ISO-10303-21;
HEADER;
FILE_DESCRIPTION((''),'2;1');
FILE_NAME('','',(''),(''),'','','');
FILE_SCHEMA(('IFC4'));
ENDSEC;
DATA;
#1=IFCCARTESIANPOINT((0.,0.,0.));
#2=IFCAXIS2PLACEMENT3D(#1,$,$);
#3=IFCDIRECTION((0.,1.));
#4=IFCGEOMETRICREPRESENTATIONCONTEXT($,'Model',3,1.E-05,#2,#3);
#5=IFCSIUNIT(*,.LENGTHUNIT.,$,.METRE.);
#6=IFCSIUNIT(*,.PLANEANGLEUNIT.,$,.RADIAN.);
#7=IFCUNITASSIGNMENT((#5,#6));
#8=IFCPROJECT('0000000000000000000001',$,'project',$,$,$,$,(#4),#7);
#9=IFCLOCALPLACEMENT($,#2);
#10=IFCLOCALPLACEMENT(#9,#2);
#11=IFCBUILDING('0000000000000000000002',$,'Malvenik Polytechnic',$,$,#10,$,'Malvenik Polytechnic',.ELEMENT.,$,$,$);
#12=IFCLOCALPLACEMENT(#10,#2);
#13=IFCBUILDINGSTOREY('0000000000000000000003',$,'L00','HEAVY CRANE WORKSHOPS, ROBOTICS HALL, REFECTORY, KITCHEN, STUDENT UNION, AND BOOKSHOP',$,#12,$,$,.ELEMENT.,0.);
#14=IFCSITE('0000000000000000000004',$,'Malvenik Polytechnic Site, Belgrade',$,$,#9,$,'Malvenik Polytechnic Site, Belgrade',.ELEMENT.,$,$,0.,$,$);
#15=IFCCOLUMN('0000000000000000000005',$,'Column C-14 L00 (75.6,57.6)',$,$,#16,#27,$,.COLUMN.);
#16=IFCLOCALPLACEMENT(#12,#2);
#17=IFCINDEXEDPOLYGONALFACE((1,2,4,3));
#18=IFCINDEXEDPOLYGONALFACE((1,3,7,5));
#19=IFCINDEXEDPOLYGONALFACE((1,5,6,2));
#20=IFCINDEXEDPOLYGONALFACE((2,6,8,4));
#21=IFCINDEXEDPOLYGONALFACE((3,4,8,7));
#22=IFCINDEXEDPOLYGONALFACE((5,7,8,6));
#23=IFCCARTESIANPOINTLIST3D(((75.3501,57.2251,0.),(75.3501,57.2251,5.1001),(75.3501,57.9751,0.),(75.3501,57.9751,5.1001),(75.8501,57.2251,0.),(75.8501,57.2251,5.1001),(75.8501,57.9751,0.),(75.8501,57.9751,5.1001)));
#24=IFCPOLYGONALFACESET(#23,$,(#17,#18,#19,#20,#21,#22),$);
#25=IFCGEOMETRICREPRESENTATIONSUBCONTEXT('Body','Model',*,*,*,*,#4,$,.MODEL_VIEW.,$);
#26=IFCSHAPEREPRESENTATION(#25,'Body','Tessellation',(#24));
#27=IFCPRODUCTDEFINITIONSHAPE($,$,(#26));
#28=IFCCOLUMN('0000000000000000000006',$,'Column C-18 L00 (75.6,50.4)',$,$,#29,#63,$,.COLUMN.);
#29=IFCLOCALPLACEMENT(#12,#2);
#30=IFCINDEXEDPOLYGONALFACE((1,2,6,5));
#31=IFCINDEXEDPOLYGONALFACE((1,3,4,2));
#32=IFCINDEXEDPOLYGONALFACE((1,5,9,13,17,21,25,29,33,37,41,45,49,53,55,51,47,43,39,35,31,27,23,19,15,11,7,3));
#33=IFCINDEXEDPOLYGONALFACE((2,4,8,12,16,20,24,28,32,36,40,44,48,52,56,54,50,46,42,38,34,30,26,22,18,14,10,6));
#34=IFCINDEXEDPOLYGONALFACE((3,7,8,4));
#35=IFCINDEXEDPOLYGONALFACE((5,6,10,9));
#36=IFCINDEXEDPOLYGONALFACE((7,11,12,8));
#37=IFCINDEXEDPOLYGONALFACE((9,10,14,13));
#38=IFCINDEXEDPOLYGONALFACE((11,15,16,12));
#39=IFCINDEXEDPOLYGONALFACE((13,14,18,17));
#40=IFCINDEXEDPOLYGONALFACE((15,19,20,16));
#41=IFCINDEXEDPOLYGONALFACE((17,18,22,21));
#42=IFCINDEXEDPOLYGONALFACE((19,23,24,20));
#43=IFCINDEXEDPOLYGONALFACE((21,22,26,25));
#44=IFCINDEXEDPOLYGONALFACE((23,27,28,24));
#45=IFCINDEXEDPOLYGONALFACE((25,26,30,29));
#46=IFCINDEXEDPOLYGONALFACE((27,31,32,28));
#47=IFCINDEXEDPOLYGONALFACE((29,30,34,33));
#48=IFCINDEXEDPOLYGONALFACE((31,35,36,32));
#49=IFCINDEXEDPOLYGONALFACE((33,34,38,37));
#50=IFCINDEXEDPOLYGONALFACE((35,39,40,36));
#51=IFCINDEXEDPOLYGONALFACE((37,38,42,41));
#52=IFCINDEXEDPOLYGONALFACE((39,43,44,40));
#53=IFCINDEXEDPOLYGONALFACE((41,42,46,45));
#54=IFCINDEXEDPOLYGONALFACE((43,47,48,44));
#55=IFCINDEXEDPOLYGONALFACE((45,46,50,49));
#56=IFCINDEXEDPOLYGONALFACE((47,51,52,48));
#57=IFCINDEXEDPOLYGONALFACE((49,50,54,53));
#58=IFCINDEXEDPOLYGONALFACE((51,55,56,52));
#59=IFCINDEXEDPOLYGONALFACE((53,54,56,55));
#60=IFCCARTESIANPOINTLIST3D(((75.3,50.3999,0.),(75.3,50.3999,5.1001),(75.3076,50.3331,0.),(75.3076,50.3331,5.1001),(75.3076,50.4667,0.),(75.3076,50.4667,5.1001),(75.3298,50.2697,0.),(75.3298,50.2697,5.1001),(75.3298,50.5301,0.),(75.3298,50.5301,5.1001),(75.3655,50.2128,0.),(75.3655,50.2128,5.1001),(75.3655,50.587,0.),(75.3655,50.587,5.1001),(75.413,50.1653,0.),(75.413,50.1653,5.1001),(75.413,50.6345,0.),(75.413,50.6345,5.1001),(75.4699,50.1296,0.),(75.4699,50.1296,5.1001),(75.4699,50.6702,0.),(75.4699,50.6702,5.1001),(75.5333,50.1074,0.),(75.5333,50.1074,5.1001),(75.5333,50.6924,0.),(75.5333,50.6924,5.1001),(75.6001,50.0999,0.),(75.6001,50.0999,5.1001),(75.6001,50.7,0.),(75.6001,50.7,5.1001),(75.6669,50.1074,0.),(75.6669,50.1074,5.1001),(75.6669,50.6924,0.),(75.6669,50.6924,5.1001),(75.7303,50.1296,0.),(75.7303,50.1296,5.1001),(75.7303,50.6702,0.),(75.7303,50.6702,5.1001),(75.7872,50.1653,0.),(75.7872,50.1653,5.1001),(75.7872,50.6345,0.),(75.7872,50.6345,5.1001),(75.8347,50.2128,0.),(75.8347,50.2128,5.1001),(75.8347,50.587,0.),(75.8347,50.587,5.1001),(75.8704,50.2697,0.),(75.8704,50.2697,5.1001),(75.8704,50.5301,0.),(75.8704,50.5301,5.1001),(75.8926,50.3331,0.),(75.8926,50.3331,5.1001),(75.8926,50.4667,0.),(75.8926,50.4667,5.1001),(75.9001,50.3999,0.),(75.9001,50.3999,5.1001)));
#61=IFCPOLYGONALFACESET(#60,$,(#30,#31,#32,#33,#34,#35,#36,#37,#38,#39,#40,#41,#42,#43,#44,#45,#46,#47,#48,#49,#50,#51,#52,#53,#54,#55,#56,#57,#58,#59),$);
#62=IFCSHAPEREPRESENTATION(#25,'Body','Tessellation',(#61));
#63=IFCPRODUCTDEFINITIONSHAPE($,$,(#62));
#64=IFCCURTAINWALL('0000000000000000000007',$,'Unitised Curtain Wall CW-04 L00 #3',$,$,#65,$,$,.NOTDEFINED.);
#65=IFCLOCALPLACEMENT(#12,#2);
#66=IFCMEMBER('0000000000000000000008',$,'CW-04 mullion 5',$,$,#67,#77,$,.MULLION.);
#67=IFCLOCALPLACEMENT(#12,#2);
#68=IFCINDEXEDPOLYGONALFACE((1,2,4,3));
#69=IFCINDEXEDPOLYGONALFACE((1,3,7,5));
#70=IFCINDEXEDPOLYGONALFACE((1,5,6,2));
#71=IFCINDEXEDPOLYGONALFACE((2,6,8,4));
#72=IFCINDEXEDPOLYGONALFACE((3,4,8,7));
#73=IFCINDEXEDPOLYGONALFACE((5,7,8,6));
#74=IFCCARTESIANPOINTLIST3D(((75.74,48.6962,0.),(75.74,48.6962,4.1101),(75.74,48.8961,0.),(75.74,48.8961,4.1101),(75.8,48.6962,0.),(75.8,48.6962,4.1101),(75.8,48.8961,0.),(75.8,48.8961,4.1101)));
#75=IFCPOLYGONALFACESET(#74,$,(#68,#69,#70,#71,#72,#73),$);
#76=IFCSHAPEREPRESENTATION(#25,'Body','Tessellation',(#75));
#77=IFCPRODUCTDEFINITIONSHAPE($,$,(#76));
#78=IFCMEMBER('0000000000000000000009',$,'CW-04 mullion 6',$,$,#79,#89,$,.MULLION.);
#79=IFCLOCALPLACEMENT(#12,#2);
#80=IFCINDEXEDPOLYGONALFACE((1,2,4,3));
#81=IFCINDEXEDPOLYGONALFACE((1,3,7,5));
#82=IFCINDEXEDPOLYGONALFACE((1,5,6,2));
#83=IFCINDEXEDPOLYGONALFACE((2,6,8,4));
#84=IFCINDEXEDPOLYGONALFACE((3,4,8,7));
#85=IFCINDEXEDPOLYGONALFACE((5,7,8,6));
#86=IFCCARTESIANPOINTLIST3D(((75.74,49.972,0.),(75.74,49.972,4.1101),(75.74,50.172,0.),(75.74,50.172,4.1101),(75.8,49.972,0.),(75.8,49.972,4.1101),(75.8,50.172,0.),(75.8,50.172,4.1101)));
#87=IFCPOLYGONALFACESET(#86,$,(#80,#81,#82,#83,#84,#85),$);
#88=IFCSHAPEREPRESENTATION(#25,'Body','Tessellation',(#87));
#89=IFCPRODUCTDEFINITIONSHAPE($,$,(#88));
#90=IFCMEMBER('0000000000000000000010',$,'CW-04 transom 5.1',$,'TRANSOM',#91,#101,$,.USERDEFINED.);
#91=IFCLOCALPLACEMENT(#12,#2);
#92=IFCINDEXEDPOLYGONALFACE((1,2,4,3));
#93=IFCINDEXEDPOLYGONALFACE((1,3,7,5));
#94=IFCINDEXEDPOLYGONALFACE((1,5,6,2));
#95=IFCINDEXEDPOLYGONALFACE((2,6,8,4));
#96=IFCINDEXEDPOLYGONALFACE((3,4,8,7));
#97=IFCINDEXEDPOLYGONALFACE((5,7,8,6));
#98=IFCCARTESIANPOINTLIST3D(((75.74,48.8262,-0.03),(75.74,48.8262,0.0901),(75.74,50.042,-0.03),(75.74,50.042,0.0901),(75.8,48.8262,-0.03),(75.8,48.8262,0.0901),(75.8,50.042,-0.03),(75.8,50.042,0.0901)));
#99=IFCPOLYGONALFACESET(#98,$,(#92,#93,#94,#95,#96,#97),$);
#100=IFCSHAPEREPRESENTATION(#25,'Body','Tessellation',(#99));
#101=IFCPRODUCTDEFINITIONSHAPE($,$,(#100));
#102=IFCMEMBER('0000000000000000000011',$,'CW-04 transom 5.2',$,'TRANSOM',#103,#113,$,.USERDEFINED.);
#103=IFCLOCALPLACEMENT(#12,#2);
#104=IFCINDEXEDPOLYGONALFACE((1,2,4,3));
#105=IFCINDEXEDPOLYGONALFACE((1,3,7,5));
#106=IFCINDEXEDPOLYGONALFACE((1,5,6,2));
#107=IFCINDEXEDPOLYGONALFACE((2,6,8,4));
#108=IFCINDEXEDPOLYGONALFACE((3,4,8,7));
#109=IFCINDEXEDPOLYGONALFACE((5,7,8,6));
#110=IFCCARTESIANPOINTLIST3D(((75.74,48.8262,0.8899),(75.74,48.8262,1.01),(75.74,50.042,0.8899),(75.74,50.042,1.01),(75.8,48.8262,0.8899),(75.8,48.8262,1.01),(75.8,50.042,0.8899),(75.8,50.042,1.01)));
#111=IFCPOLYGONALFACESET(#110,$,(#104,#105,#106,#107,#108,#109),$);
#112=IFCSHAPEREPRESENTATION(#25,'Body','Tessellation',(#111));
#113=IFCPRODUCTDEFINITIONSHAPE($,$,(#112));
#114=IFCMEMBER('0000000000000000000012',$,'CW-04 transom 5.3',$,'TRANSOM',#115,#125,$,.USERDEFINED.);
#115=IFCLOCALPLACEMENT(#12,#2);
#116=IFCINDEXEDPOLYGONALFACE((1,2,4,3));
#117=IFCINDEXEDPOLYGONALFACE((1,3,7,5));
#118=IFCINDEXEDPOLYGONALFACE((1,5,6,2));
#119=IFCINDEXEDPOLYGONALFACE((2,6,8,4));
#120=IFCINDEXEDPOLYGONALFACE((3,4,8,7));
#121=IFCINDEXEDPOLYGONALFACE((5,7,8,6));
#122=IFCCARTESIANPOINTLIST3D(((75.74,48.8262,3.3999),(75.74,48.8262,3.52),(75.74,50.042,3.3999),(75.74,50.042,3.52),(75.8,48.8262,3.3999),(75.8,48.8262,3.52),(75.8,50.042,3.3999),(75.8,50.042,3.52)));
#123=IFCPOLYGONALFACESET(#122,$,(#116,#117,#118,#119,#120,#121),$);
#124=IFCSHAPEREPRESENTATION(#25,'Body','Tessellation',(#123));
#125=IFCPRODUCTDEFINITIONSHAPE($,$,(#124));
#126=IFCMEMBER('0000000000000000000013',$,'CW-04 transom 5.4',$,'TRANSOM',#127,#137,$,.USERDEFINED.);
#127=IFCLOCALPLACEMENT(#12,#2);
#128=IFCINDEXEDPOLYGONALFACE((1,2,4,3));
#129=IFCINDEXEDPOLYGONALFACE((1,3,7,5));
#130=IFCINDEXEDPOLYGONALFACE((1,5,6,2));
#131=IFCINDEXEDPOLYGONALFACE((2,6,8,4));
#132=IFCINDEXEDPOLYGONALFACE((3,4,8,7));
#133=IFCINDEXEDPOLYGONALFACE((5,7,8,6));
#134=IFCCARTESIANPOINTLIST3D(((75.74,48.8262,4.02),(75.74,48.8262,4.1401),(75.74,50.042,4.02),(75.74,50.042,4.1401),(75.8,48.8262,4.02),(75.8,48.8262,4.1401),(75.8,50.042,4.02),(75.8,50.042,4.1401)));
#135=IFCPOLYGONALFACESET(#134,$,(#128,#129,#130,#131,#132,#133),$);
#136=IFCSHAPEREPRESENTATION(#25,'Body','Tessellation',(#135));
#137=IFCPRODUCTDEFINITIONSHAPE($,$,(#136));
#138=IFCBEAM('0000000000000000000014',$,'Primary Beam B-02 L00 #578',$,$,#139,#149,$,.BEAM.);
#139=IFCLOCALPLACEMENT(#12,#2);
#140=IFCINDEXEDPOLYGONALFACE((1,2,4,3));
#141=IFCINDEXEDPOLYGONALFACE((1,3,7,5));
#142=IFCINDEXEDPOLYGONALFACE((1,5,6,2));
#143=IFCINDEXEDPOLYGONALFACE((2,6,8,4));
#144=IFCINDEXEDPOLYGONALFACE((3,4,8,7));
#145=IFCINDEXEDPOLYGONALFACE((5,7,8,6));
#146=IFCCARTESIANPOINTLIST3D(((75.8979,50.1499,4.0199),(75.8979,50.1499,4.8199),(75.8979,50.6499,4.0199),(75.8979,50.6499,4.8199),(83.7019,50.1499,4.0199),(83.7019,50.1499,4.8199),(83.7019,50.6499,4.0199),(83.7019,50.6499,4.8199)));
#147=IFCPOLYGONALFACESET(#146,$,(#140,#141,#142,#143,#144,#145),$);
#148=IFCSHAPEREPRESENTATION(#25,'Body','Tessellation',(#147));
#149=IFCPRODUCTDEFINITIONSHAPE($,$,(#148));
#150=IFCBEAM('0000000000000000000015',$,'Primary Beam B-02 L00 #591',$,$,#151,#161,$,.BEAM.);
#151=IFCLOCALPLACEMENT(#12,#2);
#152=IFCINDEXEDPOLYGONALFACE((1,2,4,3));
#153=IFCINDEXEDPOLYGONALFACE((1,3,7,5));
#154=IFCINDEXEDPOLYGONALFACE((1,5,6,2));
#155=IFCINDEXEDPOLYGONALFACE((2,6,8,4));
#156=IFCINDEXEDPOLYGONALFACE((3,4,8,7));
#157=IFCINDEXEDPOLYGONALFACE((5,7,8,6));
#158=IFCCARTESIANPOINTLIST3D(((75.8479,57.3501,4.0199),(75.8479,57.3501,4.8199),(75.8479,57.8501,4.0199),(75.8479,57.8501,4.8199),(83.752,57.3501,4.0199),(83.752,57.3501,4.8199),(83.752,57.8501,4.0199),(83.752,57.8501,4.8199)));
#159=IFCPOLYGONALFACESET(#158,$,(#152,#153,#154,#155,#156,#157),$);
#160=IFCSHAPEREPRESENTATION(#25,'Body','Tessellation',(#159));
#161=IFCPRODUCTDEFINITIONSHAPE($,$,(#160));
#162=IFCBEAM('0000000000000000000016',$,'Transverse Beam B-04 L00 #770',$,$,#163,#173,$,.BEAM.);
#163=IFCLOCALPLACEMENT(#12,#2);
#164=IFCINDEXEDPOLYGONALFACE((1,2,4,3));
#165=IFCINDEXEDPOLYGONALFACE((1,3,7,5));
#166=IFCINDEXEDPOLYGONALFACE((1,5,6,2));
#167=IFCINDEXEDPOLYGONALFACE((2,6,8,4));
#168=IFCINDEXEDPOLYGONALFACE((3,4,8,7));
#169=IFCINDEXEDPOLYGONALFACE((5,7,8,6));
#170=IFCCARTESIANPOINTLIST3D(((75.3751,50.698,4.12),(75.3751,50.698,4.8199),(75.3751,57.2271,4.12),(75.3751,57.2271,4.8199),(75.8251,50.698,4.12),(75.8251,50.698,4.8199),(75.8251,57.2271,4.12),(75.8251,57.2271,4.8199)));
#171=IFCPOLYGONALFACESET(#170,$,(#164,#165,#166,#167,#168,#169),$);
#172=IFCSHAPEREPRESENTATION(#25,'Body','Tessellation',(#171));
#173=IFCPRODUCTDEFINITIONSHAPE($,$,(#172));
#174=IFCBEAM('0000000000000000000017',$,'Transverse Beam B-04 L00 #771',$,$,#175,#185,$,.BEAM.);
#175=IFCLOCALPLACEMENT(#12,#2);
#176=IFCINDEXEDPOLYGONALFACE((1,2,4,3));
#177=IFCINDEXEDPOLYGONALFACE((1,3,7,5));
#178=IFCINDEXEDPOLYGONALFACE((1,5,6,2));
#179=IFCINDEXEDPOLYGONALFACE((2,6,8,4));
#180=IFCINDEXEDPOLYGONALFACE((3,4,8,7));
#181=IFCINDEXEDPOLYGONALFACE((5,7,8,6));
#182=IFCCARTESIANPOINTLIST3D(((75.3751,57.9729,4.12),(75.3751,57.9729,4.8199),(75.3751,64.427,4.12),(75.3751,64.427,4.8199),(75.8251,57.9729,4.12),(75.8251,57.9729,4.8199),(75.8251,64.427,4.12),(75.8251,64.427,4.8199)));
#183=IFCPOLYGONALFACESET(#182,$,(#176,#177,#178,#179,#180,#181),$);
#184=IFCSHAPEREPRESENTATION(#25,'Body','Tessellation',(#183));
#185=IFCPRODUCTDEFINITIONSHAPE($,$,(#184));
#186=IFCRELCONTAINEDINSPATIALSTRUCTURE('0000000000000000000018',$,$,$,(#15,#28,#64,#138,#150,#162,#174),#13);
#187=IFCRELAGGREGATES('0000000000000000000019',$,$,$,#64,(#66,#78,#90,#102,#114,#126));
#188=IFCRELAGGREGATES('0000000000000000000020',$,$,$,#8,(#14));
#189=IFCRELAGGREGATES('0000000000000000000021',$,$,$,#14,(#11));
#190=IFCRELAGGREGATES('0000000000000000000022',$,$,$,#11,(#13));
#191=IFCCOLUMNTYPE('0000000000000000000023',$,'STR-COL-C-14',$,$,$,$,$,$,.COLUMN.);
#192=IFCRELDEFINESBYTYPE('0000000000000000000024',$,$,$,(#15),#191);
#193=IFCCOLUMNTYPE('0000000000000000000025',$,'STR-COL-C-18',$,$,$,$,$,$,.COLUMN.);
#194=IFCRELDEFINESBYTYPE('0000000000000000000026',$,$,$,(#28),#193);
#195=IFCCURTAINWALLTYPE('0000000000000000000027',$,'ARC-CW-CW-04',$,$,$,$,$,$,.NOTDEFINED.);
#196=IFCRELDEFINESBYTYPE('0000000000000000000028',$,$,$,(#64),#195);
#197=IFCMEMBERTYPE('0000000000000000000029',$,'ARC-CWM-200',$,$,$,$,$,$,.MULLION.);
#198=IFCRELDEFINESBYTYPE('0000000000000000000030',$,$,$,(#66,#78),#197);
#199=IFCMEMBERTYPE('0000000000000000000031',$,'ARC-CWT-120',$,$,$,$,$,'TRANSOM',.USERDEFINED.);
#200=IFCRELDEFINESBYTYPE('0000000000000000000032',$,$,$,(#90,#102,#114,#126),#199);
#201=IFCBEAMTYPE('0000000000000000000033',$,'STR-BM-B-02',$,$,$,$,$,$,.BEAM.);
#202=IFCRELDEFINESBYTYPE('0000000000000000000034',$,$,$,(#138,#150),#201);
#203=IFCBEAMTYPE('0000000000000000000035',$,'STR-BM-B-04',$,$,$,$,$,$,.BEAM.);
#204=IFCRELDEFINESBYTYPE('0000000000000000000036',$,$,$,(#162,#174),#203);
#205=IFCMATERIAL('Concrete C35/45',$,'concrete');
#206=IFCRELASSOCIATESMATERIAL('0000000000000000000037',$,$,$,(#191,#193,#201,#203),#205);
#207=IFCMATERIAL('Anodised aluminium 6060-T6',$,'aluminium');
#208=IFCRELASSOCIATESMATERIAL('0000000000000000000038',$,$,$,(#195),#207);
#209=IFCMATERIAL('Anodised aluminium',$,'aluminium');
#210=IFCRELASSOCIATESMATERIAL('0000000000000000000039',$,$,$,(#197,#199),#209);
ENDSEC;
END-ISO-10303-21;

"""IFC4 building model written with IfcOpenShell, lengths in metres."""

from ifc_helpers import new_model, si_unit, direction, frame, origin, origin_2d, place, context, subcontext, project, spatial, rectangle, circle, extrude, material, material_profile, profile_set, type_object, element, aggregate, save


model = new_model("IFC4")

# Units and contexts
model_context = context("Model", 3, precision=1e-05, world=origin(), true_north=direction((0.0, 1.0)))
body_context = subcontext(model_context, "Body", "Model", "MODEL_VIEW")
ifc_project = project(units=[si_unit("LENGTHUNIT", "METRE"), si_unit("PLANEANGLEUNIT", "RADIAN")], contexts=[model_context])

# Site, building, storey
site_placement = place(None, origin())
site = spatial("IfcSite", under=ifc_project, at=site_placement, Name="Malvenik Polytechnic Site, Belgrade", LongName="Malvenik Polytechnic Site, Belgrade", CompositionType="ELEMENT", RefElevation=0.0)
building_placement = place(site_placement, origin())
building = spatial("IfcBuilding", under=site, at=building_placement, Name="Malvenik Polytechnic", LongName="Malvenik Polytechnic", CompositionType="ELEMENT")
storey_placement = place(building_placement, origin())
storey = spatial("IfcBuildingStorey", under=building, at=storey_placement, Name="L00", Description="HEAVY CRANE WORKSHOPS, ROBOTICS HALL, REFECTORY, KITCHEN, STUDENT UNION, AND BOOKSHOP", CompositionType="ELEMENT", Elevation=0.0)

# Columns
ifc_material_1 = material(Name="Concrete C35/45", Category="concrete")
ifc_material_profile_1 = material_profile(ifc_material_1, rectangle(XDim=0.5, YDim=0.75, at=origin_2d()), Name="RC COL 750x500")
ifc_profile_set_1 = profile_set([ifc_material_profile_1], Name="Concrete C35/45")
column_type_1 = type_object("IfcColumnType", Name="STR-COL-C-14", PredefinedType="COLUMN", material=ifc_profile_set_1)
column_1_placement = place(storey_placement, frame((75.6001, 57.6001, 0.0), z_axis=(0.0, 0.0, 1.0), x_axis=(1.0, 0.0, 0.0)))
element("IfcColumn", 1, at=column_1_placement, inside=storey, type_object=column_type_1, Name="Column C-14 L00 (75.6,57.6)", PredefinedType="COLUMN", context=body_context, shape_type="SweptSolid", body=[
    extrude(rectangle(XDim=0.5, YDim=0.75, at=origin_2d()), origin(), (0.0, 0.0, 1.0), 5.1001),
])
ifc_material_profile_2 = material_profile(ifc_material_1, circle(Radius=0.3, at=origin_2d()), Name="RC COL D600")
ifc_profile_set_2 = profile_set([ifc_material_profile_2], Name="Concrete C35/45")
column_type_2 = type_object("IfcColumnType", Name="STR-COL-C-18", PredefinedType="COLUMN", material=ifc_profile_set_2)
column_2_placement = place(storey_placement, frame((75.6001, 50.3999, 0.0), z_axis=(0.0, 0.0, 1.0), x_axis=(1.0, 0.0, 0.0)))
element("IfcColumn", 2, at=column_2_placement, inside=storey, type_object=column_type_2, Name="Column C-18 L00 (75.6,50.4)", PredefinedType="COLUMN", context=body_context, shape_type="SweptSolid", body=[
    extrude(circle(Radius=0.3, at=origin_2d()), origin(), (0.0, 0.0, 1.0), 5.1001),
])

# Curtain wall, members
ifc_material_2 = material(Name="Anodised aluminium 6060-T6", Category="aluminium")
curtain_wall_type = type_object("IfcCurtainWallType", Name="ARC-CW-CW-04", PredefinedType="NOTDEFINED", material=ifc_material_2)
curtain_wall_placement = place(storey_placement, origin())
curtain_wall = element("IfcCurtainWall", 3, at=curtain_wall_placement, inside=storey, type_object=curtain_wall_type, Name="Unitised Curtain Wall CW-04 L00 #3", PredefinedType="NOTDEFINED")
ifc_material_3 = material(Name="Anodised aluminium", Category="aluminium")
ifc_material_profile_3 = material_profile(ifc_material_3, rectangle(XDim=0.0601, YDim=0.2, at=origin_2d()), Name="ALU MULLION 60x200")
ifc_profile_set_3 = profile_set([ifc_material_profile_3], Name="Anodised aluminium")
member_type_1 = type_object("IfcMemberType", Name="ARC-CWM-200", PredefinedType="MULLION", material=ifc_profile_set_3)
member_1_placement = place(storey_placement, frame((75.77, 48.7961, 0.0), z_axis=(0.0, 0.0, 1.0), x_axis=(-1.0, 0.0, 0.0)))
member_1 = element("IfcMember", 4, at=member_1_placement, type_object=member_type_1, Name="CW-04 mullion 5", PredefinedType="MULLION", context=body_context, shape_type="SweptSolid", body=[
    extrude(rectangle(XDim=0.0601, YDim=0.2, at=origin_2d()), origin(), (0.0, 0.0, 1.0), 4.1101),
])
member_2_placement = place(storey_placement, frame((75.77, 50.072, 0.0), z_axis=(0.0, 0.0, 1.0), x_axis=(-1.0, 0.0, 0.0)))
member_2 = element("IfcMember", 5, at=member_2_placement, type_object=member_type_1, Name="CW-04 mullion 6", PredefinedType="MULLION", context=body_context, shape_type="SweptSolid", body=[
    extrude(rectangle(XDim=0.0601, YDim=0.2, at=origin_2d()), origin(), (0.0, 0.0, 1.0), 4.1101),
])
ifc_material_profile_4 = material_profile(ifc_material_3, rectangle(XDim=0.0601, YDim=0.1201, at=origin_2d()), Name="ALU TRANSOM 60x120")
ifc_profile_set_4 = profile_set([ifc_material_profile_4], Name="Anodised aluminium")
member_type_2 = type_object("IfcMemberType", Name="ARC-CWT-120", ElementType="TRANSOM", PredefinedType="USERDEFINED", material=ifc_profile_set_4)
member_3_placement = place(storey_placement, frame((75.77, 48.8262, 0.03), z_axis=(0.0, 1.0, 0.0), x_axis=(-1.0, 0.0, 0.0)))
member_3 = element("IfcMember", 6, at=member_3_placement, type_object=member_type_2, Name="CW-04 transom 5.1", ObjectType="TRANSOM", PredefinedType="USERDEFINED", context=body_context, shape_type="SweptSolid", body=[
    extrude(rectangle(XDim=0.0601, YDim=0.1201, at=origin_2d()), origin(), (0.0, 0.0, 1.0), 1.2158),
])
member_4_placement = place(storey_placement, frame((75.77, 48.8262, 0.95), z_axis=(0.0, 1.0, 0.0), x_axis=(-1.0, 0.0, 0.0)))
member_4 = element("IfcMember", 7, at=member_4_placement, type_object=member_type_2, Name="CW-04 transom 5.2", ObjectType="TRANSOM", PredefinedType="USERDEFINED", context=body_context, shape_type="SweptSolid", body=[
    extrude(rectangle(XDim=0.0601, YDim=0.1201, at=origin_2d()), origin(), (0.0, 0.0, 1.0), 1.2158),
])
member_5_placement = place(storey_placement, frame((75.77, 48.8262, 3.46), z_axis=(0.0, 1.0, 0.0), x_axis=(-1.0, 0.0, 0.0)))
member_5 = element("IfcMember", 8, at=member_5_placement, type_object=member_type_2, Name="CW-04 transom 5.3", ObjectType="TRANSOM", PredefinedType="USERDEFINED", context=body_context, shape_type="SweptSolid", body=[
    extrude(rectangle(XDim=0.0601, YDim=0.1201, at=origin_2d()), origin(), (0.0, 0.0, 1.0), 1.2158),
])
member_6_placement = place(storey_placement, frame((75.77, 48.8262, 4.0801), z_axis=(0.0, 1.0, 0.0), x_axis=(-1.0, 0.0, 0.0)))
member_6 = element("IfcMember", 9, at=member_6_placement, type_object=member_type_2, Name="CW-04 transom 5.4", ObjectType="TRANSOM", PredefinedType="USERDEFINED", context=body_context, shape_type="SweptSolid", body=[
    extrude(rectangle(XDim=0.0601, YDim=0.1201, at=origin_2d()), origin(), (0.0, 0.0, 1.0), 1.2158),
])

# Beams
ifc_material_profile_5 = material_profile(ifc_material_1, rectangle(XDim=0.5, YDim=0.8, at=origin_2d()), Name="RC BM 500x800")
ifc_profile_set_5 = profile_set([ifc_material_profile_5], Name="Concrete C35/45")
beam_type_1 = type_object("IfcBeamType", Name="STR-BM-B-02", PredefinedType="BEAM", material=ifc_profile_set_5)
beam_1_placement = place(storey_placement, frame((75.8979, 50.3999, 4.4199), z_axis=(1.0, 0.0, 0.0), x_axis=(0.0, 1.0, 0.0)))
element("IfcBeam", 10, at=beam_1_placement, inside=storey, type_object=beam_type_1, Name="Primary Beam B-02 L00 #578", PredefinedType="BEAM", context=body_context, shape_type="SweptSolid", body=[
    extrude(rectangle(XDim=0.5, YDim=0.8, at=origin_2d()), origin(), (0.0, 0.0, 1.0), 7.804),
])
beam_2_placement = place(storey_placement, frame((75.8479, 57.6001, 4.4199), z_axis=(1.0, 0.0, 0.0), x_axis=(0.0, 1.0, 0.0)))
element("IfcBeam", 11, at=beam_2_placement, inside=storey, type_object=beam_type_1, Name="Primary Beam B-02 L00 #591", PredefinedType="BEAM", context=body_context, shape_type="SweptSolid", body=[
    extrude(rectangle(XDim=0.5, YDim=0.8, at=origin_2d()), origin(), (0.0, 0.0, 1.0), 7.9041),
])
ifc_material_profile_6 = material_profile(ifc_material_1, rectangle(XDim=0.45, YDim=0.7, at=origin_2d()), Name="RC BM 450x700")
ifc_profile_set_6 = profile_set([ifc_material_profile_6], Name="Concrete C35/45")
beam_type_2 = type_object("IfcBeamType", Name="STR-BM-B-04", PredefinedType="BEAM", material=ifc_profile_set_6)
beam_3_placement = place(storey_placement, frame((75.6001, 50.698, 4.47), z_axis=(0.0, 1.0, 0.0), x_axis=(-1.0, 0.0, 0.0)))
element("IfcBeam", 12, at=beam_3_placement, inside=storey, type_object=beam_type_2, Name="Transverse Beam B-04 L00 #770", PredefinedType="BEAM", context=body_context, shape_type="SweptSolid", body=[
    extrude(rectangle(XDim=0.45, YDim=0.7, at=origin_2d()), origin(), (0.0, 0.0, 1.0), 6.5291),
])
beam_4_placement = place(storey_placement, frame((75.6001, 57.9729, 4.47), z_axis=(0.0, 1.0, 0.0), x_axis=(-1.0, 0.0, 0.0)))
element("IfcBeam", 13, at=beam_4_placement, inside=storey, type_object=beam_type_2, Name="Transverse Beam B-04 L00 #771", PredefinedType="BEAM", context=body_context, shape_type="SweptSolid", body=[
    extrude(rectangle(XDim=0.45, YDim=0.7, at=origin_2d()), origin(), (0.0, 0.0, 1.0), 6.4541),
])

aggregate(curtain_wall, [member_1, member_2, member_3, member_4, member_5, member_6])

save(model, "model.ifc")
